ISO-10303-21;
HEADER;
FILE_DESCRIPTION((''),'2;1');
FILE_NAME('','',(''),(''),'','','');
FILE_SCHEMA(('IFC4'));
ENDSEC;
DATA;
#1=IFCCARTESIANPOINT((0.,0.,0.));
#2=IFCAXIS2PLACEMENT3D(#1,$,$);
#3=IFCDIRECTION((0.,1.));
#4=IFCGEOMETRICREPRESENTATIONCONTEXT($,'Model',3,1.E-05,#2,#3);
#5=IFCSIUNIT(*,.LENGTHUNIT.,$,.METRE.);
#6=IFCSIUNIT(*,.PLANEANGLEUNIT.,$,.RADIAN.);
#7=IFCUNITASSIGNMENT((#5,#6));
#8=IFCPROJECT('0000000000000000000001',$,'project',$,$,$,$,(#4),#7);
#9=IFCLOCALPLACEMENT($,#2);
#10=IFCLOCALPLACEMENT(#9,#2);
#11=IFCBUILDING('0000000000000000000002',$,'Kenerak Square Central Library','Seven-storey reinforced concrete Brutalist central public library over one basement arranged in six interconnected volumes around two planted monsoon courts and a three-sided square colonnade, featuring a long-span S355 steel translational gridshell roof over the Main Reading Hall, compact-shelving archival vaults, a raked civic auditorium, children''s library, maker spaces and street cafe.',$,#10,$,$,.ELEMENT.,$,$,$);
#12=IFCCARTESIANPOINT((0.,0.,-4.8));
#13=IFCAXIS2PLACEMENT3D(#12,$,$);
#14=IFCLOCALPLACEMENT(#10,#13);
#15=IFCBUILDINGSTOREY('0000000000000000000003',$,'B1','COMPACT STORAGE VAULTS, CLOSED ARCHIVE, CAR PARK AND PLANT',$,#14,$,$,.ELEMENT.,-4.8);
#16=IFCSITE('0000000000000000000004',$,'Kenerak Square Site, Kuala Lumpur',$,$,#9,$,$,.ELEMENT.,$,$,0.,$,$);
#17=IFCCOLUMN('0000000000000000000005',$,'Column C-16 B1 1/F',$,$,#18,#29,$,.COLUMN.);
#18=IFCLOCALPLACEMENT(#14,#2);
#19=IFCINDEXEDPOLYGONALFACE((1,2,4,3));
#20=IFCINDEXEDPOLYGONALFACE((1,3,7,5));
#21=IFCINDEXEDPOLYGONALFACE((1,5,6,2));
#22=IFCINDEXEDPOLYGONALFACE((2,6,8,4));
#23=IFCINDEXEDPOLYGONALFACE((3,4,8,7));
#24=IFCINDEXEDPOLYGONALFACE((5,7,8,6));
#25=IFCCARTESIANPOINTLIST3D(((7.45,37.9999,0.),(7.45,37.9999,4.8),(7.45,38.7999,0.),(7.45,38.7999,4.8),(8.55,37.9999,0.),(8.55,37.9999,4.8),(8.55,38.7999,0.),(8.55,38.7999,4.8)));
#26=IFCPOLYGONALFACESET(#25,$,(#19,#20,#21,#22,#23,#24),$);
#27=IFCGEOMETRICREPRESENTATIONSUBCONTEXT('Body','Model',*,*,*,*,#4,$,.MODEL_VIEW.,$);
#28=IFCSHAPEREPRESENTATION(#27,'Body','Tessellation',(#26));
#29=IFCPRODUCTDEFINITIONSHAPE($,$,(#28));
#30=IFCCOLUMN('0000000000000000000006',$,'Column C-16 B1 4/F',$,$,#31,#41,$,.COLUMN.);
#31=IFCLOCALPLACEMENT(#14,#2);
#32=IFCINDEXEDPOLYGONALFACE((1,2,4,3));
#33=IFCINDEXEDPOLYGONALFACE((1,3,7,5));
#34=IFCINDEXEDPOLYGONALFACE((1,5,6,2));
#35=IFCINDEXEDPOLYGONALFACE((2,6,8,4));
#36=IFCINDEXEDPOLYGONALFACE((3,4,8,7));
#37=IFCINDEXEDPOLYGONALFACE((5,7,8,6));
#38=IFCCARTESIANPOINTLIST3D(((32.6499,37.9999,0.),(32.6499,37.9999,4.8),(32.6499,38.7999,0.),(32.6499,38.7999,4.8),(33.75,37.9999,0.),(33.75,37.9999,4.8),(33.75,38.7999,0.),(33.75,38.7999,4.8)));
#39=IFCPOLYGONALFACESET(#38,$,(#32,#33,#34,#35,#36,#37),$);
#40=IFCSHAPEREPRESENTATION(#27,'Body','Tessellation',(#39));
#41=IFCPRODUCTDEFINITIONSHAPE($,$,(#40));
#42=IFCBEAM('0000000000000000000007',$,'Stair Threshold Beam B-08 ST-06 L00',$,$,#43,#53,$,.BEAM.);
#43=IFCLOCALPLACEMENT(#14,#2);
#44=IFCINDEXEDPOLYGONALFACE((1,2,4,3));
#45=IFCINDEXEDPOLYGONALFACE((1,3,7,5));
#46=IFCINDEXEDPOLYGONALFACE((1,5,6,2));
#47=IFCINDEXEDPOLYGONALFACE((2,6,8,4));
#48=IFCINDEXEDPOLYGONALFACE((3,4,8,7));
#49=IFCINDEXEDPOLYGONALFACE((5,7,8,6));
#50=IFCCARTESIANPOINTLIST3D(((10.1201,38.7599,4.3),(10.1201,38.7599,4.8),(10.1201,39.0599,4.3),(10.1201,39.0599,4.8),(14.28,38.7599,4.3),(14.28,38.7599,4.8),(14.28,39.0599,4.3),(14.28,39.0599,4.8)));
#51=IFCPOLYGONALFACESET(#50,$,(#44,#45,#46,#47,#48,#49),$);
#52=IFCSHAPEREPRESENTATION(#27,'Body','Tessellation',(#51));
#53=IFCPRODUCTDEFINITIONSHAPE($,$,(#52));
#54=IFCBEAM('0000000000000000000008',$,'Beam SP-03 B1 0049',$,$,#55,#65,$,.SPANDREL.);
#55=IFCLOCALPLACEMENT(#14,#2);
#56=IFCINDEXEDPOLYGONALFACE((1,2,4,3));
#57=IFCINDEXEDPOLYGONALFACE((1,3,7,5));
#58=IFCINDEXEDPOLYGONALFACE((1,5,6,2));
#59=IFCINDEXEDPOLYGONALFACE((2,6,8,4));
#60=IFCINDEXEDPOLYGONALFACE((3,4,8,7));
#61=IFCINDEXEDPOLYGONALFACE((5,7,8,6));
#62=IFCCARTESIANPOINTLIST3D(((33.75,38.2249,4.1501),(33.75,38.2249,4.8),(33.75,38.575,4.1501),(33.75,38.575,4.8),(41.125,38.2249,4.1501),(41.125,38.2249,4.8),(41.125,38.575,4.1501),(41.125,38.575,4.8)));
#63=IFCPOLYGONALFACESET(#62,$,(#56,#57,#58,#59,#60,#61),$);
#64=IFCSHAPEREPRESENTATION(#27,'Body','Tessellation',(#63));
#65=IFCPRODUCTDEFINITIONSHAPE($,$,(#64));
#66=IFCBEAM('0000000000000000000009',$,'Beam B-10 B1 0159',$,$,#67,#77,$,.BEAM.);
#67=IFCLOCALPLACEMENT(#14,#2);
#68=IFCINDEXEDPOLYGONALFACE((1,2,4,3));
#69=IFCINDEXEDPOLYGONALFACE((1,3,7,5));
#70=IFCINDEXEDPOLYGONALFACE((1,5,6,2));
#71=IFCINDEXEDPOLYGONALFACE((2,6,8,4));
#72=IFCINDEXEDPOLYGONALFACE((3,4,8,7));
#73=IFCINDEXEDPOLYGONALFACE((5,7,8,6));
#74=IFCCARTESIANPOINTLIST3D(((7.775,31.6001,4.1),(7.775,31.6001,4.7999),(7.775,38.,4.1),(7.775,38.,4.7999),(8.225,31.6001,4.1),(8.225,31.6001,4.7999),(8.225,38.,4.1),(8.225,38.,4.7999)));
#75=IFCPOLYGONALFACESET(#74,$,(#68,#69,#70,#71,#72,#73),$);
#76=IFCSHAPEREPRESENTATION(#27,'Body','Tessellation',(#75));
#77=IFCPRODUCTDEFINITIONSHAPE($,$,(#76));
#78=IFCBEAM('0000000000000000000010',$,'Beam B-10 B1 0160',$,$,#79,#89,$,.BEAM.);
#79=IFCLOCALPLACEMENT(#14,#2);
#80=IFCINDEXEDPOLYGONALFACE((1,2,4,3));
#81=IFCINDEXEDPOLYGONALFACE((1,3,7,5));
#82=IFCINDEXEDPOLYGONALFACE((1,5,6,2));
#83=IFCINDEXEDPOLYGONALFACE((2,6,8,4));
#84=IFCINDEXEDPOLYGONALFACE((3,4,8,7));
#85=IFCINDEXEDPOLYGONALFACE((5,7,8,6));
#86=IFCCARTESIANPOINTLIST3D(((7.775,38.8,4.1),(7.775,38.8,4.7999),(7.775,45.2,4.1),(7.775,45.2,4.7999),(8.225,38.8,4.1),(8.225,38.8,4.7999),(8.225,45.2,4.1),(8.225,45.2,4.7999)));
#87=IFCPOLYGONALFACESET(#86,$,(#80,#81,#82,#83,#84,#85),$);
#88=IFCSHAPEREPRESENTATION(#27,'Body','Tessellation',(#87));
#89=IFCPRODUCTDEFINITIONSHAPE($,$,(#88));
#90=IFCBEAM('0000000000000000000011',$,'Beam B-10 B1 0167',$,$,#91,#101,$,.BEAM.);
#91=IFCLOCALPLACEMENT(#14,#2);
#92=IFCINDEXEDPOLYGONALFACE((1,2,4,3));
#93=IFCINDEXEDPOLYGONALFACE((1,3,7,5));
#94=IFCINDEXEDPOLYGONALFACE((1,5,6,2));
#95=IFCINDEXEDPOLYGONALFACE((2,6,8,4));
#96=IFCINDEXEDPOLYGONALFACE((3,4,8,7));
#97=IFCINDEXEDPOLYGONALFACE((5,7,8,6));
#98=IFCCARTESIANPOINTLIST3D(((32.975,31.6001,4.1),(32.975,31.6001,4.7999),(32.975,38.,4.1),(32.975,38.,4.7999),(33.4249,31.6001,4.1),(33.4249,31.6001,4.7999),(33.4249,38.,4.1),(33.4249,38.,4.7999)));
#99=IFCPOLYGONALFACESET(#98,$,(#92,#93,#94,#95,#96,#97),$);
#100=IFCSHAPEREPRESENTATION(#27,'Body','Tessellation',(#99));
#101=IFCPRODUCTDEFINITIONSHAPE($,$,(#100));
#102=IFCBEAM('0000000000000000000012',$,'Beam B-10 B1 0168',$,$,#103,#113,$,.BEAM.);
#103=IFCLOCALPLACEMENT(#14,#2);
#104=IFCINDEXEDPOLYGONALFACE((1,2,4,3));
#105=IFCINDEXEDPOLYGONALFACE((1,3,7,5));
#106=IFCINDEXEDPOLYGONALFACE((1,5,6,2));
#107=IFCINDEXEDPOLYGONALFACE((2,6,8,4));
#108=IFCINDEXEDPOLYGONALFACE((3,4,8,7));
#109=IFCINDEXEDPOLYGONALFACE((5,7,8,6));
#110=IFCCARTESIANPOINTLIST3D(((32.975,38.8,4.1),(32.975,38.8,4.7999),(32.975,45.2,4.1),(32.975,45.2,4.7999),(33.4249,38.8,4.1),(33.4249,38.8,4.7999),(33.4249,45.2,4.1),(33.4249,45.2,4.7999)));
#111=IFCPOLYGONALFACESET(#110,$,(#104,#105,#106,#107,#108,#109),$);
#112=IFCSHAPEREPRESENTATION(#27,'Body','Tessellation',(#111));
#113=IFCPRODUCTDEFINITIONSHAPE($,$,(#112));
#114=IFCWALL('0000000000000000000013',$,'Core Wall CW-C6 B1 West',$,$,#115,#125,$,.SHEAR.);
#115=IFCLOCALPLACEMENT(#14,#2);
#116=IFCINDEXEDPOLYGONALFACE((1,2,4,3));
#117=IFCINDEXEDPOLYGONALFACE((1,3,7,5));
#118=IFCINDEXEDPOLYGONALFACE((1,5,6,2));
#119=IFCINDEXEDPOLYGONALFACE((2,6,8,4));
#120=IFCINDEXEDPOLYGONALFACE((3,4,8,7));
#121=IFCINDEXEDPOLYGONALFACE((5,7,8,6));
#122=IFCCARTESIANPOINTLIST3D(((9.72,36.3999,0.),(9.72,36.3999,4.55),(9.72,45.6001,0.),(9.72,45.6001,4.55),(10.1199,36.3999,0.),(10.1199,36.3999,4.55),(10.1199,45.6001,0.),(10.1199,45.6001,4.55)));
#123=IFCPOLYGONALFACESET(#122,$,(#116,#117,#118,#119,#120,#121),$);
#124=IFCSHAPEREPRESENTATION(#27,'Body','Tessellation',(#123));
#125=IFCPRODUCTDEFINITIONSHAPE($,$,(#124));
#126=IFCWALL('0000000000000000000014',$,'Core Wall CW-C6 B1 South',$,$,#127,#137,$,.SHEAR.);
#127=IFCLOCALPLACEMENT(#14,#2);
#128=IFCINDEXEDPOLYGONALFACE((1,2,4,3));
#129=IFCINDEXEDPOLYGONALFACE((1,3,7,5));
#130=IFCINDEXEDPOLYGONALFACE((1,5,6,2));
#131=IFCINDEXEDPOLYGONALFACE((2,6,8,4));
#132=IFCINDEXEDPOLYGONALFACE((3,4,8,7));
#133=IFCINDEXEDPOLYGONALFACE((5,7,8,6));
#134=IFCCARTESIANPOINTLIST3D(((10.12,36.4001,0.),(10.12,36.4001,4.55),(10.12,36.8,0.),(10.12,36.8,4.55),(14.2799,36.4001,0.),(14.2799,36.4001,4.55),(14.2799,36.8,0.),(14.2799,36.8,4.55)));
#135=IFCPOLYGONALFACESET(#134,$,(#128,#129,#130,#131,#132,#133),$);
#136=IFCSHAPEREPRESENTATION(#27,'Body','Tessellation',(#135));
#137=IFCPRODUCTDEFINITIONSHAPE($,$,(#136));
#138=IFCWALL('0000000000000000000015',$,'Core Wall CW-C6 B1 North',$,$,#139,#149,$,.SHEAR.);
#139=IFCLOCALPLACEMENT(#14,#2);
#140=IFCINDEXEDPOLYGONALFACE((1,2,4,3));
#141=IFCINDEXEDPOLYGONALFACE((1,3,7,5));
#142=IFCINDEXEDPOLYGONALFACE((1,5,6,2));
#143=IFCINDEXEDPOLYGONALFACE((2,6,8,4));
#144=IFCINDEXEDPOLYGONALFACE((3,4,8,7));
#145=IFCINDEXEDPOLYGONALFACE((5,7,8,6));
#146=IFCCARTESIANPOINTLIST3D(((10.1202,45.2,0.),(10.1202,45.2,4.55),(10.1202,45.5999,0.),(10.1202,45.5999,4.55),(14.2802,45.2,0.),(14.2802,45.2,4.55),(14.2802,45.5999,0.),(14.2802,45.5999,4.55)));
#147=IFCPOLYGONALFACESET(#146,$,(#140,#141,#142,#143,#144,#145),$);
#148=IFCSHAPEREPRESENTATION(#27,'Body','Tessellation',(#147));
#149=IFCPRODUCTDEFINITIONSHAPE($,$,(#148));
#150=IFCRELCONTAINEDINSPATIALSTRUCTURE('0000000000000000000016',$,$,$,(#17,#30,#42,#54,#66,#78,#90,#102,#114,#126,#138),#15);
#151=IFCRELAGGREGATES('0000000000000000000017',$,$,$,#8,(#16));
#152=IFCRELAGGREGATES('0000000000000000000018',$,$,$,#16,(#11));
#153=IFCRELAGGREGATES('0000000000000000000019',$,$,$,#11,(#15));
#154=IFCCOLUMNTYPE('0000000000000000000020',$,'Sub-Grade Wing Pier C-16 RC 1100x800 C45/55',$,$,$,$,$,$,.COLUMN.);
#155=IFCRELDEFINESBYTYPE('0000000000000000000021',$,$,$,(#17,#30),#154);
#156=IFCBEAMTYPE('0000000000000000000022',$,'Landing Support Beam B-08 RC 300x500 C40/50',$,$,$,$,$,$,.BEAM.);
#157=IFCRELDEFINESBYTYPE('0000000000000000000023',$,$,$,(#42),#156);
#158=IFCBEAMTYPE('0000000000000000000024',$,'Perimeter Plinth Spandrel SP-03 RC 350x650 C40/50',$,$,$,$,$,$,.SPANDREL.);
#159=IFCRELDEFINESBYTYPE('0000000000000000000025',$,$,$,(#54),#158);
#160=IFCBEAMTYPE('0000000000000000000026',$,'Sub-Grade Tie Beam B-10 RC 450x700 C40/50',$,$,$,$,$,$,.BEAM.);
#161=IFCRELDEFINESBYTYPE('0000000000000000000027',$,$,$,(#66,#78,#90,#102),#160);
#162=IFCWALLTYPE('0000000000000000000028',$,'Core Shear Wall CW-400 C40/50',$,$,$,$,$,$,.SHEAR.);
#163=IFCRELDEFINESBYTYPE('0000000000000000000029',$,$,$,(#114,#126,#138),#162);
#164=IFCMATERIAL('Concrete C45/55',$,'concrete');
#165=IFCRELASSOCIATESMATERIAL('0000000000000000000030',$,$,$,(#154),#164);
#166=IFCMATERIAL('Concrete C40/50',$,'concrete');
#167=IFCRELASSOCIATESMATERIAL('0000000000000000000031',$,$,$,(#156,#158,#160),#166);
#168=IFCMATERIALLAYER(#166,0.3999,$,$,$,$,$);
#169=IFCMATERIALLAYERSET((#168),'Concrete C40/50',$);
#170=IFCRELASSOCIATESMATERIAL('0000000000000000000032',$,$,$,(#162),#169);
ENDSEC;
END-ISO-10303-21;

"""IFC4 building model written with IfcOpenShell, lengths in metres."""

from ifc_helpers import new_model, si_unit, direction, frame, frame_2d, origin, origin_2d, place, context, subcontext, project, spatial, rectangle, extrude, material, layer, layer_set, material_profile, profile_set, type_object, element, save


model = new_model("IFC4")

# Units and contexts
model_context = context("Model", 3, precision=1e-05, world=origin(), true_north=direction((0.0, 1.0)))
body_context = subcontext(model_context, "Body", "Model", "MODEL_VIEW")
ifc_project = project(units=[si_unit("LENGTHUNIT", "METRE"), si_unit("PLANEANGLEUNIT", "RADIAN")], contexts=[model_context])

# Site, building, storey
site_placement = place(None, origin())
site = spatial("IfcSite", under=ifc_project, at=site_placement, Name="Kenerak Square Site, Kuala Lumpur", CompositionType="ELEMENT", RefElevation=0.0)
building_placement = place(site_placement, origin())
building = spatial("IfcBuilding", under=site, at=building_placement, Name="Kenerak Square Central Library", Description="Seven-storey reinforced concrete Brutalist central public library over one basement arranged in six interconnected volumes around two planted monsoon courts and a three-sided square colonnade, featuring a long-span S355 steel translational gridshell roof over the Main Reading Hall, compact-shelving archival vaults, a raked civic auditorium, children's library, maker spaces and street cafe.", CompositionType="ELEMENT")
storey_placement = place(building_placement, frame((0.0, 0.0, -4.8)))
storey = spatial("IfcBuildingStorey", under=building, at=storey_placement, Name="B1", Description="COMPACT STORAGE VAULTS, CLOSED ARCHIVE, CAR PARK AND PLANT", CompositionType="ELEMENT", Elevation=-4.8)

# Shared definitions
ifc_material_1 = material(Name="Concrete C40/50", Category="concrete")

# Columns
ifc_material_2 = material(Name="Concrete C45/55", Category="concrete")
ifc_material_profile_1 = material_profile(ifc_material_2, rectangle(XDim=1.1001, YDim=0.8, at=origin_2d()), Name="RC 1100x800")
ifc_profile_set_1 = profile_set([ifc_material_profile_1], Name="Concrete C45/55")
column_type = type_object("IfcColumnType", Name="Sub-Grade Wing Pier C-16 RC 1100x800 C45/55", PredefinedType="COLUMN", material=ifc_profile_set_1)
for number, where, z_axis, x_axis, name in (
    (1, (8.0, 38.3999, 0.0), (0.0, 0.0, 1.0), (1.0, 0.0, 0.0), "Column C-16 B1 1/F"),
    (2, (33.2, 38.3999, 0.0), (0.0, 0.0, 1.0), (1.0, 0.0, 0.0), "Column C-16 B1 4/F"),
):
    element("IfcColumn", number, at=place(storey_placement, frame(where, z_axis=z_axis, x_axis=x_axis)), inside=storey, type_object=column_type, Name=name, PredefinedType="COLUMN", context=body_context, shape_type="SweptSolid", body=[
        extrude(rectangle(XDim=1.1001, YDim=0.8, at=origin_2d()), origin(), (0.0, 0.0, 1.0), 4.8),
    ])

# Beams
ifc_material_profile_2 = material_profile(ifc_material_1, rectangle(XDim=0.3, YDim=0.5, at=origin_2d()), Name="RC 300x500")
ifc_profile_set_2 = profile_set([ifc_material_profile_2], Name="Concrete C40/50")
beam_type_1 = type_object("IfcBeamType", Name="Landing Support Beam B-08 RC 300x500 C40/50", PredefinedType="BEAM", material=ifc_profile_set_2)
beam_1_placement = place(storey_placement, frame((10.1201, 38.9099, 4.55), z_axis=(1.0, 0.0, 0.0), x_axis=(0.0, 1.0, 0.0)))
element("IfcBeam", 3, at=beam_1_placement, inside=storey, type_object=beam_type_1, Name="Stair Threshold Beam B-08 ST-06 L00", PredefinedType="BEAM", context=body_context, shape_type="SweptSolid", body=[
    extrude(rectangle(XDim=0.3, YDim=0.5, at=origin_2d()), origin(), (0.0, 0.0, 1.0), 4.1599),
])
ifc_material_profile_3 = material_profile(ifc_material_1, rectangle(XDim=0.3501, YDim=0.6499, at=origin_2d()), Name="RC 350x650")
ifc_profile_set_3 = profile_set([ifc_material_profile_3], Name="Concrete C40/50")
beam_type_2 = type_object("IfcBeamType", Name="Perimeter Plinth Spandrel SP-03 RC 350x650 C40/50", PredefinedType="SPANDREL", material=ifc_profile_set_3)
beam_2_placement = place(storey_placement, frame((33.75, 38.3999, 4.4751), z_axis=(1.0, 0.0, 0.0), x_axis=(0.0, 1.0, 0.0)))
element("IfcBeam", 4, at=beam_2_placement, inside=storey, type_object=beam_type_2, Name="Beam SP-03 B1 0049", PredefinedType="SPANDREL", context=body_context, shape_type="SweptSolid", body=[
    extrude(rectangle(XDim=0.3501, YDim=0.6499, at=origin_2d()), origin(), (0.0, 0.0, 1.0), 7.375),
])
ifc_material_profile_4 = material_profile(ifc_material_1, rectangle(XDim=0.45, YDim=0.7, at=origin_2d()), Name="RC 450x700")
ifc_profile_set_4 = profile_set([ifc_material_profile_4], Name="Concrete C40/50")
beam_type_3 = type_object("IfcBeamType", Name="Sub-Grade Tie Beam B-10 RC 450x700 C40/50", PredefinedType="BEAM", material=ifc_profile_set_4)
for number, where, z_axis, x_axis, name in (
    (5, (8.0, 31.6001, 4.45), (0.0, 1.0, 0.0), (-1.0, 0.0, 0.0), "Beam B-10 B1 0159"),
    (6, (8.0, 38.8, 4.45), (0.0, 1.0, 0.0), (-1.0, 0.0, 0.0), "Beam B-10 B1 0160"),
    (7, (33.2, 31.6001, 4.45), (0.0, 1.0, 0.0), (-1.0, 0.0, 0.0), "Beam B-10 B1 0167"),
    (8, (33.2, 38.8, 4.45), (0.0, 1.0, 0.0), (-1.0, 0.0, 0.0), "Beam B-10 B1 0168"),
):
    element("IfcBeam", number, at=place(storey_placement, frame(where, z_axis=z_axis, x_axis=x_axis)), inside=storey, type_object=beam_type_3, Name=name, PredefinedType="BEAM", context=body_context, shape_type="SweptSolid", body=[
        extrude(rectangle(XDim=0.45, YDim=0.7, at=origin_2d()), origin(), (0.0, 0.0, 1.0), 6.3999),
    ])

# Walls
ifc_layer = layer(ifc_material_1, 0.3999)
ifc_layer_set = layer_set([ifc_layer], Name="Concrete C40/50")
wall_type = type_object("IfcWallType", Name="Core Shear Wall CW-400 C40/50", PredefinedType="SHEAR", material=ifc_layer_set)
wall_placement = place(storey_placement, frame((9.9199, 36.3999, 0.0), z_axis=(0.0, 0.0, 1.0), x_axis=(0.0, 1.0, 0.0)))
element("IfcWall", 9, at=wall_placement, inside=storey, type_object=wall_type, Name="Core Wall CW-C6 B1 West", PredefinedType="SHEAR", context=body_context, shape_type="SweptSolid", body=[
    extrude(rectangle(XDim=9.2002, YDim=0.3999, at=frame_2d((4.6001, 0.0))), origin(), (0.0, 0.0, 1.0), 4.55),
])
for number, where, z_axis, x_axis, name in (
    (10, (14.28, 36.6001, 0.0), (0.0, 0.0, 1.0), (-1.0, 0.0, 0.0), "Core Wall CW-C6 B1 South"),
    (11, (10.1201, 45.3999, 0.0), (0.0, 0.0, 1.0), (1.0, 0.0, 0.0), "Core Wall CW-C6 B1 North"),
):
    element("IfcWall", number, at=place(storey_placement, frame(where, z_axis=z_axis, x_axis=x_axis)), inside=storey, type_object=wall_type, Name=name, PredefinedType="SHEAR", context=body_context, shape_type="SweptSolid", body=[
        extrude(rectangle(XDim=4.1599, YDim=0.3999, at=frame_2d((2.0801, 0.0))), origin(), (0.0, 0.0, 1.0), 4.55),
    ])

save(model, "model.ifc")
